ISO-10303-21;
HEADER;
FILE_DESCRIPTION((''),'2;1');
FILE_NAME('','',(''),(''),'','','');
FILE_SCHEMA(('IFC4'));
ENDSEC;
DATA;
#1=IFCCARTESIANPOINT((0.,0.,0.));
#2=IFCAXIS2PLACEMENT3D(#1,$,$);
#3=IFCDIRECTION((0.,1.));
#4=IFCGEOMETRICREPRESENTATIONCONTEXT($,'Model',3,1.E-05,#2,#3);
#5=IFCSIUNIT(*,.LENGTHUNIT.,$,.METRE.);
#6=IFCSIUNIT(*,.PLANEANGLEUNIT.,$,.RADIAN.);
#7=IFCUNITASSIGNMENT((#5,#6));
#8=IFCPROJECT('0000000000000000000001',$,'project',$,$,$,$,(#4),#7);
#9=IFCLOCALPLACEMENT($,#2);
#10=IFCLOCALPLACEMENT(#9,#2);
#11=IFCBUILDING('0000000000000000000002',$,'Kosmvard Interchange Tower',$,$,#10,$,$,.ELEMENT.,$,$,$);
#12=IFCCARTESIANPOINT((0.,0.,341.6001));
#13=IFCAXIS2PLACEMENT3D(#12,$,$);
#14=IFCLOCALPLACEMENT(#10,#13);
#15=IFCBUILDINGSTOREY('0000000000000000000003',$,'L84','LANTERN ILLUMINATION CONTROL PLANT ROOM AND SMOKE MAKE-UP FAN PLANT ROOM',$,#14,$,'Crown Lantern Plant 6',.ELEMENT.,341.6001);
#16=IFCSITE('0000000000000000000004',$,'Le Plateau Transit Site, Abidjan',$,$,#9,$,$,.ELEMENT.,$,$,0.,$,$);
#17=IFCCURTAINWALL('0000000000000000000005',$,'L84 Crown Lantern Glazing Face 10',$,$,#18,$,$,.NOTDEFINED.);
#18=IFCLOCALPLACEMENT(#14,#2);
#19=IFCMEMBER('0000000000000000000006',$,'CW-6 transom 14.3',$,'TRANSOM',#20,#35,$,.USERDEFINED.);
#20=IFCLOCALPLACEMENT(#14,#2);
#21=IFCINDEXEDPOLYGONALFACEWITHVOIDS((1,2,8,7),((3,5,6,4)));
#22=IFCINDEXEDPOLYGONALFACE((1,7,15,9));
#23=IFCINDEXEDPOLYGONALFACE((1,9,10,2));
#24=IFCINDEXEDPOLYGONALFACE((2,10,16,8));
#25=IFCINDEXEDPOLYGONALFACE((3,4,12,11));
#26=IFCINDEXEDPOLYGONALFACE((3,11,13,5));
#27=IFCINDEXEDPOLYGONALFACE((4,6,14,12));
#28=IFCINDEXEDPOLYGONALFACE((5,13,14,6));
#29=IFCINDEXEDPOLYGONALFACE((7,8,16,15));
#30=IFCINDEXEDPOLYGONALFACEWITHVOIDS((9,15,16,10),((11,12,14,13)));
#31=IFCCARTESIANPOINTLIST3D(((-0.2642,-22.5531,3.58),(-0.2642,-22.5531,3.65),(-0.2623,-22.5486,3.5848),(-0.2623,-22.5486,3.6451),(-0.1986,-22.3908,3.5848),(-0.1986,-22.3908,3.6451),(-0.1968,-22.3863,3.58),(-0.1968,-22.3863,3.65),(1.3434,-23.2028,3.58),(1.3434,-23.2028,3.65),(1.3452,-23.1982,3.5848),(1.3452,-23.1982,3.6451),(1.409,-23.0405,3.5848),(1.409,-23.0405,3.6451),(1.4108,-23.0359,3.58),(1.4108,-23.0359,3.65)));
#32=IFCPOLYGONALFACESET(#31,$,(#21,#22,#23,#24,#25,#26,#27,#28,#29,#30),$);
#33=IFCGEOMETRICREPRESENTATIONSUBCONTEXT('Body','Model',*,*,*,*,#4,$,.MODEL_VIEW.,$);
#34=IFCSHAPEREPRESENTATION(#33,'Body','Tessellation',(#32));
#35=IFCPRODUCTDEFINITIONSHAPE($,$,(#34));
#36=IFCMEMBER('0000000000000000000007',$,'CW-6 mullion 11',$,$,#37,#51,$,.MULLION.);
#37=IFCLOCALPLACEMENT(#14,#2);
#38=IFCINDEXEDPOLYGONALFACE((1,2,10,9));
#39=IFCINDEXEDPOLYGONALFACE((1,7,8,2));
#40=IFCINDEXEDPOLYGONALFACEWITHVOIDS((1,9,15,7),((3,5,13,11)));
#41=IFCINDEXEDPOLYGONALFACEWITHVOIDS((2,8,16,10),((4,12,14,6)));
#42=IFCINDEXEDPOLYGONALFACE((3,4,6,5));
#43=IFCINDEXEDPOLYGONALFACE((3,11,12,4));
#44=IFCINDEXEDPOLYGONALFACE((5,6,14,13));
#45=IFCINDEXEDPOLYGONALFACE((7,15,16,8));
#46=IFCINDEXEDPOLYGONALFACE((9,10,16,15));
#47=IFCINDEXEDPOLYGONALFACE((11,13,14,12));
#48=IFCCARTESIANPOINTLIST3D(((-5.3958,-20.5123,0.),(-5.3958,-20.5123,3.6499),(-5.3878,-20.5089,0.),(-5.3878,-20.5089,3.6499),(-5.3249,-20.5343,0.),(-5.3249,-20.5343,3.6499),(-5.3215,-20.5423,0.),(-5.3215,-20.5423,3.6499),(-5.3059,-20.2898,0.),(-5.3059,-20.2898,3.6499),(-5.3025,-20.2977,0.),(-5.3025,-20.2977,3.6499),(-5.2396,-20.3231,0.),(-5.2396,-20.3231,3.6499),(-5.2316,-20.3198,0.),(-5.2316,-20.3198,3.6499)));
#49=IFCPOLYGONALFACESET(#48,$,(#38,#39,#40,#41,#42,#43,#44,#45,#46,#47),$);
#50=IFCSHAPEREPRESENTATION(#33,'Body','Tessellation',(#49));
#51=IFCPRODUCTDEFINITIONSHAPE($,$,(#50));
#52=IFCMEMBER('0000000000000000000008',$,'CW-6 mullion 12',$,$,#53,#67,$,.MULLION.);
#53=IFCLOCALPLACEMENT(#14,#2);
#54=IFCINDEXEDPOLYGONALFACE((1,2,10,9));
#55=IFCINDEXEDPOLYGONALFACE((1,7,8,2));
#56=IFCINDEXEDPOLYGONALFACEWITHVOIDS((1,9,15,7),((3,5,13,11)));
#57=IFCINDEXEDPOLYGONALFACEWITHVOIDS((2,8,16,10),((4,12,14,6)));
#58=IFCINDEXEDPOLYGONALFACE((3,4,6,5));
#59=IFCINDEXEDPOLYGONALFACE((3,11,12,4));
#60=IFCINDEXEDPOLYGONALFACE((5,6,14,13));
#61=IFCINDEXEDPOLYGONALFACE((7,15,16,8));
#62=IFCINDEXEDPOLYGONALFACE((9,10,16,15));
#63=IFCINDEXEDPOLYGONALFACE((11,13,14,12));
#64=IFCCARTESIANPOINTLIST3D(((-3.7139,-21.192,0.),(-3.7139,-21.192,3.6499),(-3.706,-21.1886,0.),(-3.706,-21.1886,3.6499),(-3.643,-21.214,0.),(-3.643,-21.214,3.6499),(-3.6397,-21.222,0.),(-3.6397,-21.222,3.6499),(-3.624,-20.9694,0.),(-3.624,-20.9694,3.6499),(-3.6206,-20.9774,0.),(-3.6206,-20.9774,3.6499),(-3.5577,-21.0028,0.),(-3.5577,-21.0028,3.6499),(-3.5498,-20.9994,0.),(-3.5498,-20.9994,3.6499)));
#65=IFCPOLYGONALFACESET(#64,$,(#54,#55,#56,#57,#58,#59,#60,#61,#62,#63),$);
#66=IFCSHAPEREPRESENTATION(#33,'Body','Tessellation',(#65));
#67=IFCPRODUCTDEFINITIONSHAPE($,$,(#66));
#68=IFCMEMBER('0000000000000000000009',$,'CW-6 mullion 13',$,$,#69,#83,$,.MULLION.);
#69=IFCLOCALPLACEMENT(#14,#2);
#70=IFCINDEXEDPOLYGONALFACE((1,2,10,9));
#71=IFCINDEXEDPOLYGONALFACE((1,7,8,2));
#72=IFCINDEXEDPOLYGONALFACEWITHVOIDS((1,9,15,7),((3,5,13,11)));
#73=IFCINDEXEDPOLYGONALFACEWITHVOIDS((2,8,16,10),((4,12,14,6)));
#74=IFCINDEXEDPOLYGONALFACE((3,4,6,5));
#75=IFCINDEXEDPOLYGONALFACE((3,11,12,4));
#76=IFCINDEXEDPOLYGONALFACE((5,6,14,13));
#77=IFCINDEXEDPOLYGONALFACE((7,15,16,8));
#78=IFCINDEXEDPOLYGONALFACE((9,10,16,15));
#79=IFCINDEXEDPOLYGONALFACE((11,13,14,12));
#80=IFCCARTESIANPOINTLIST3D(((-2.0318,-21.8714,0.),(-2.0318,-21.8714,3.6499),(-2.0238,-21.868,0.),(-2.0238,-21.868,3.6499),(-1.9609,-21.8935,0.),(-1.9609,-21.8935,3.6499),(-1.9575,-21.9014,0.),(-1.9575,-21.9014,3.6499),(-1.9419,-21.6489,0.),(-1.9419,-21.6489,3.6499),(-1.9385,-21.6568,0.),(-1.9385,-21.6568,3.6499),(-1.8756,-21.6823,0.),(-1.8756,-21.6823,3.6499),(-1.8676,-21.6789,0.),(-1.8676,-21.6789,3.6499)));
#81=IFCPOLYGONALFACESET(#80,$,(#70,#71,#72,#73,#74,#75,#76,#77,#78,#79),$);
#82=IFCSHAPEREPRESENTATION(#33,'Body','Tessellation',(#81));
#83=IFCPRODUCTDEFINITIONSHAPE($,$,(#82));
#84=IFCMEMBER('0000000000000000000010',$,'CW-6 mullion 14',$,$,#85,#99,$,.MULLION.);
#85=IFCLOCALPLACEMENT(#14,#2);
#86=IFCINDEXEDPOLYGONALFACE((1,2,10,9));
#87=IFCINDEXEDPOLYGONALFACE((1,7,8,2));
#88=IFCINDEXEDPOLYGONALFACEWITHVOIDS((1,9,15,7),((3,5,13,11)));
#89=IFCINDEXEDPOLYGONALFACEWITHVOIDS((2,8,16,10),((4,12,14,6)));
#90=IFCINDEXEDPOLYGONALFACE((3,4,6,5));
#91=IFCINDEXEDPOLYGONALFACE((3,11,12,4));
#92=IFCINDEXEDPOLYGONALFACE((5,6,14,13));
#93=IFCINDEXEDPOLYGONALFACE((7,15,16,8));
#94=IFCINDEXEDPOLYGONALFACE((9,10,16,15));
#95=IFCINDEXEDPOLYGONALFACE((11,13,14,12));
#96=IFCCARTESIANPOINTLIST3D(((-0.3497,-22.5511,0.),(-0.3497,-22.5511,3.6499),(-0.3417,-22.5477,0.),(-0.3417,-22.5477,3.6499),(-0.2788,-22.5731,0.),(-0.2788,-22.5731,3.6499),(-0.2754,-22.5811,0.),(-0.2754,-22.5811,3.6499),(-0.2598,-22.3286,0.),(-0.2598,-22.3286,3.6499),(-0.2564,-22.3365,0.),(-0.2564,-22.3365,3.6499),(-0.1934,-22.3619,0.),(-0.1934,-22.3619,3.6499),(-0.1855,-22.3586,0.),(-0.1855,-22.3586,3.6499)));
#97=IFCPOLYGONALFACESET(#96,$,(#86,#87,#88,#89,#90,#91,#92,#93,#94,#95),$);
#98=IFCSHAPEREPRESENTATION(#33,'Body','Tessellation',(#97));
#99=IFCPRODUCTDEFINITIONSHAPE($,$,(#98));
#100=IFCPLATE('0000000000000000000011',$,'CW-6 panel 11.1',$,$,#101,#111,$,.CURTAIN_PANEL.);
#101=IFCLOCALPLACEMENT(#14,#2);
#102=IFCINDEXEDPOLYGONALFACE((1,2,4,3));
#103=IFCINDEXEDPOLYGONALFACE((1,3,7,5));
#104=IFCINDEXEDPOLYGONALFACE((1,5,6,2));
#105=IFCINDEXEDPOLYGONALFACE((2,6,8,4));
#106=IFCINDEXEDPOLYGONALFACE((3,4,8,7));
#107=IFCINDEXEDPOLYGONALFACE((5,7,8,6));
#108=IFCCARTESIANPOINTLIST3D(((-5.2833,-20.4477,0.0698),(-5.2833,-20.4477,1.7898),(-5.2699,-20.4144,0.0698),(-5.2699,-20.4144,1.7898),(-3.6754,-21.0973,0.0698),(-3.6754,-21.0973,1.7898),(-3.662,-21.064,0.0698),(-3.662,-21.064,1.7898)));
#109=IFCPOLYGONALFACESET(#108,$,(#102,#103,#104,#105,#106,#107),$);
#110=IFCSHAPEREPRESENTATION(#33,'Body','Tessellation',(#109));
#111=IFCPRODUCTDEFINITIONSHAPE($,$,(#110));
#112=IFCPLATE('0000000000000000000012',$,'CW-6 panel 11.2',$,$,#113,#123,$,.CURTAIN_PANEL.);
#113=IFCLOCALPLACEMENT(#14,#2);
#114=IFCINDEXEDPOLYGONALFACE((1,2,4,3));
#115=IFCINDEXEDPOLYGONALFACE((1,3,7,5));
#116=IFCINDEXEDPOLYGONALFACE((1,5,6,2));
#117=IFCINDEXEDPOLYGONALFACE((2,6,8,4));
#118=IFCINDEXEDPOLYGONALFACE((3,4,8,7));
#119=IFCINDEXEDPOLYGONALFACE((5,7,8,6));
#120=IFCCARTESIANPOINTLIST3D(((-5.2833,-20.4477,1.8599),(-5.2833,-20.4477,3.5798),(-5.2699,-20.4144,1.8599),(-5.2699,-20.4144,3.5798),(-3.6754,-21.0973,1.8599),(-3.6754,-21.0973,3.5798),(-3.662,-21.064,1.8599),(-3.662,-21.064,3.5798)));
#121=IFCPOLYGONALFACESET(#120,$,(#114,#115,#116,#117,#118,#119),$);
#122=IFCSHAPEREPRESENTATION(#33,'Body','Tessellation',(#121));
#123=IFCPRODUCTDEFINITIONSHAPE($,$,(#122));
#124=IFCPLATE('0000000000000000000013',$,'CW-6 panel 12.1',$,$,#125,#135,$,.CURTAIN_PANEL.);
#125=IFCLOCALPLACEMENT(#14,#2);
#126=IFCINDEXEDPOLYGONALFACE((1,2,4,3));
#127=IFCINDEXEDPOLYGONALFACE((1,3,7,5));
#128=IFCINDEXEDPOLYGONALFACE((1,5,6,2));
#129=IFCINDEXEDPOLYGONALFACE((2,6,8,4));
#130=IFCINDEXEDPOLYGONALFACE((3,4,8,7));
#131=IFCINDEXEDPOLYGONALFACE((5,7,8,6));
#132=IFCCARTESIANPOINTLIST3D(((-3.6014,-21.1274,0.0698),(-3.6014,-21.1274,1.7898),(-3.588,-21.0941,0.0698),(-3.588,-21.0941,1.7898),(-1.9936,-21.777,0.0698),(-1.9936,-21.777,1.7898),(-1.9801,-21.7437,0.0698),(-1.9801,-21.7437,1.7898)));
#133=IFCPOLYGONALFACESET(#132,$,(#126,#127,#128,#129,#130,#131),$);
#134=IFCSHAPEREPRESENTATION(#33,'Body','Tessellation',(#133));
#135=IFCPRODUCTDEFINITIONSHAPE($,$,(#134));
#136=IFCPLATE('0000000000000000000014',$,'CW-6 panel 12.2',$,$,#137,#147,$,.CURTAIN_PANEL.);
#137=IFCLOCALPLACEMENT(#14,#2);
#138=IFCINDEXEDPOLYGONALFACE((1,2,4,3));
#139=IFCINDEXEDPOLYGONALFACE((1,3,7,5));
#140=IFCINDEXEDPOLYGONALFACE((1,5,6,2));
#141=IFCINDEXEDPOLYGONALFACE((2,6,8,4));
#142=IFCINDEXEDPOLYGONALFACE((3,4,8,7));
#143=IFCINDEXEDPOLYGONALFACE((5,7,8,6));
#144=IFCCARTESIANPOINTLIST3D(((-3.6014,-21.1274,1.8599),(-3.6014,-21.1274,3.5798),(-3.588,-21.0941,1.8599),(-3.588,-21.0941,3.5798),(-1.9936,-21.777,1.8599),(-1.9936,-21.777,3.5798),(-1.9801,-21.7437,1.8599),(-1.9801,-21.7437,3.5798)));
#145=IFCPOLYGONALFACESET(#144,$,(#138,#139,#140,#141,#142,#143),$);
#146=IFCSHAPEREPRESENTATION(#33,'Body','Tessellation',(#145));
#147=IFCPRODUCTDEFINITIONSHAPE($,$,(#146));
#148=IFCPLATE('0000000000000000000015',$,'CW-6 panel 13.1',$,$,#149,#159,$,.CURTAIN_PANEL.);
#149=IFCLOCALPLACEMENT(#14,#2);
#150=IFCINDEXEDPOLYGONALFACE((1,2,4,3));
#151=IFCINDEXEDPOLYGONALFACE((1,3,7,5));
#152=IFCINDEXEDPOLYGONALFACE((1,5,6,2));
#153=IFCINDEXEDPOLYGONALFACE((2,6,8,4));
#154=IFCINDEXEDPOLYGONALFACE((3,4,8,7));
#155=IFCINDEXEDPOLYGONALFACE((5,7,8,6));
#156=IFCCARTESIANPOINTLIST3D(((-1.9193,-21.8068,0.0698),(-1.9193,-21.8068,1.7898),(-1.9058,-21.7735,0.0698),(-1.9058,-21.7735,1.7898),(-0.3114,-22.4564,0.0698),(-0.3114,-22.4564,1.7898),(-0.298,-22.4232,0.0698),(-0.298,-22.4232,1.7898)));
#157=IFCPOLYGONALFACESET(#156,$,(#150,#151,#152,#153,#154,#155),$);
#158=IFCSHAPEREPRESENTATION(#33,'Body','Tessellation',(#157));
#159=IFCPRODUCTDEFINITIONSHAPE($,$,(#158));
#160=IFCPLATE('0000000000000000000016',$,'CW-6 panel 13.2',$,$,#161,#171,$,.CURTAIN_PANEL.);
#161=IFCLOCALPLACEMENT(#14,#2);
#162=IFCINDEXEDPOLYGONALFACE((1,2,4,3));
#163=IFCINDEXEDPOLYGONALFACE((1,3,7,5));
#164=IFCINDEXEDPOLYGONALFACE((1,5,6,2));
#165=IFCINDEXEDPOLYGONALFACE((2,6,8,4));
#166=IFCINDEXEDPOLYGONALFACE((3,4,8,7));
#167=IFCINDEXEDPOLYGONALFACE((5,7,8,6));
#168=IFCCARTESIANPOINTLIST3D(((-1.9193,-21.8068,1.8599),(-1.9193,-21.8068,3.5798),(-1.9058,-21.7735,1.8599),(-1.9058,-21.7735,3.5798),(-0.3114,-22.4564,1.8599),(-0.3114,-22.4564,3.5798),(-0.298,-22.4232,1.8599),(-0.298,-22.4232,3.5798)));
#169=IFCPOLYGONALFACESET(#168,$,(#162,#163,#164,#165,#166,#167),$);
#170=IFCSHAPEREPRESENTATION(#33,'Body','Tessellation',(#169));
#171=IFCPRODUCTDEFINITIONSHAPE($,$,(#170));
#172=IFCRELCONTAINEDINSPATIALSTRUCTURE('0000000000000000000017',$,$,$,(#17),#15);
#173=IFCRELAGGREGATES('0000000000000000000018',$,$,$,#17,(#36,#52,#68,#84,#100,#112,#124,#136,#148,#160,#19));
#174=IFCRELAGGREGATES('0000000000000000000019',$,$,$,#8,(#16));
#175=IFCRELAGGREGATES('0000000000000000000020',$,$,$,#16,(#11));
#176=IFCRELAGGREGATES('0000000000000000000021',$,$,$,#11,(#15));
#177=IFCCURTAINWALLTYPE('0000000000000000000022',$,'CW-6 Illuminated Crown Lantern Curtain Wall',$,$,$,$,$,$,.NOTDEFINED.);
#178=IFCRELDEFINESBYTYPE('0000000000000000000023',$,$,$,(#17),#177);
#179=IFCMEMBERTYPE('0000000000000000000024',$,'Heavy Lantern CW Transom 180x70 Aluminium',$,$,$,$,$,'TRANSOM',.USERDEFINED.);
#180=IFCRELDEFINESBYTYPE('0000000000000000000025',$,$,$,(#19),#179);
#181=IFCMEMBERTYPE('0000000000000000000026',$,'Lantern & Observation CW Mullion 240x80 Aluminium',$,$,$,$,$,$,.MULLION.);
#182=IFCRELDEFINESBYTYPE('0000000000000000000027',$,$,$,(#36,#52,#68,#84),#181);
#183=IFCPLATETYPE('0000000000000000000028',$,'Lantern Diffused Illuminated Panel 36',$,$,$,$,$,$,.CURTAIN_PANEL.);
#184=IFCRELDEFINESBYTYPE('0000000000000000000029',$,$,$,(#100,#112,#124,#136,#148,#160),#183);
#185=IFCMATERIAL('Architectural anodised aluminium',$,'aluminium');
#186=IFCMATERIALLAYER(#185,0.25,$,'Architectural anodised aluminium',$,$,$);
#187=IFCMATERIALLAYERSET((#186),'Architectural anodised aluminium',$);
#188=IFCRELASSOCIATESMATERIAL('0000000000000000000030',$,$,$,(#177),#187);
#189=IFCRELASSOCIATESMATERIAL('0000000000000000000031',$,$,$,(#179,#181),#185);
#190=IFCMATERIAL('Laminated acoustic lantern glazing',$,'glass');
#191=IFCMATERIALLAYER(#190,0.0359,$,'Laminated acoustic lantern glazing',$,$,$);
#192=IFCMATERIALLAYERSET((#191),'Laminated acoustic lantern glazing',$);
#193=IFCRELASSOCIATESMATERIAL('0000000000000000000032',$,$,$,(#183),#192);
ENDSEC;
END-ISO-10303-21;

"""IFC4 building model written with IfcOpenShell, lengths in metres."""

from ifc_helpers import new_model, si_unit, direction, frame, origin, origin_2d, place, context, subcontext, project, spatial, rectangle, hollow_rectangle, extrude, source, transform, mapped, material, layer, layer_set, material_profile, profile_set, type_object, element, aggregate, save


model = new_model("IFC4")

# Units and contexts
model_context = context("Model", 3, precision=1e-05, world=origin(), true_north=direction((0.0, 1.0)))
body_context = subcontext(model_context, "Body", "Model", "MODEL_VIEW")
ifc_project = project(units=[si_unit("LENGTHUNIT", "METRE"), si_unit("PLANEANGLEUNIT", "RADIAN")], contexts=[model_context])

# Site, building, storey
site_placement = place(None, origin())
site = spatial("IfcSite", under=ifc_project, at=site_placement, Name="Le Plateau Transit Site, Abidjan", CompositionType="ELEMENT", RefElevation=0.0)
building_placement = place(site_placement, origin())
building = spatial("IfcBuilding", under=site, at=building_placement, Name="Kosmvard Interchange Tower", CompositionType="ELEMENT")
storey_placement = place(building_placement, frame((0.0, 0.0, 341.6001)))
storey = spatial("IfcBuildingStorey", under=building, at=storey_placement, Name="L84", Description="LANTERN ILLUMINATION CONTROL PLANT ROOM AND SMOKE MAKE-UP FAN PLANT ROOM", LongName="Crown Lantern Plant 6", CompositionType="ELEMENT", Elevation=341.6001)

# Curtain wall, members, plates
ifc_material_1 = material(Name="Architectural anodised aluminium", Category="aluminium")
ifc_layer_1 = layer(ifc_material_1, 0.25, Name="Architectural anodised aluminium")
ifc_layer_set_1 = layer_set([ifc_layer_1], Name="Architectural anodised aluminium")
curtain_wall_type = type_object("IfcCurtainWallType", Name="CW-6 Illuminated Crown Lantern Curtain Wall", PredefinedType="NOTDEFINED", material=ifc_layer_set_1)
curtain_wall_placement = place(storey_placement, origin())
curtain_wall = element("IfcCurtainWall", 1, at=curtain_wall_placement, inside=storey, type_object=curtain_wall_type, Name="L84 Crown Lantern Glazing Face 10", PredefinedType="NOTDEFINED")
ifc_material_profile_1 = material_profile(ifc_material_1, hollow_rectangle(XDim=0.1799, YDim=0.0701, WallThickness=0.0049, at=origin_2d()), Name="CWT 180x70x5")
ifc_profile_set_1 = profile_set([ifc_material_profile_1], Name="Architectural anodised aluminium")
member_type_1 = type_object("IfcMemberType", Name="Heavy Lantern CW Transom 180x70 Aluminium", ElementType="TRANSOM", PredefinedType="USERDEFINED", material=ifc_profile_set_1)
shared_shape_1 = source(origin(), body_context, "Body", "SweptSolid", [
    extrude(hollow_rectangle(XDim=0.1799, YDim=0.0701, WallThickness=0.0049, at=origin_2d()), origin(), (0.0, 0.0, 1.0), 1.7339),
])
member_1_placement = place(storey_placement, frame((-0.2305, -22.4697, 3.615), z_axis=(0.92716, -0.374666, 0.0), x_axis=(0.374666, 0.92716, 0.0)))
member_1 = element("IfcMember", 2, at=member_1_placement, type_object=member_type_1, Name="CW-6 transom 14.3", ObjectType="TRANSOM", PredefinedType="USERDEFINED", context=body_context, shape_type="MappedRepresentation", body=[
    mapped(shared_shape_1, transform((0.0, 0.0, 0.0), scale=1.0)),
])
ifc_material_profile_2 = material_profile(ifc_material_1, hollow_rectangle(XDim=0.24, YDim=0.0801, WallThickness=0.0061, at=origin_2d()), Name="CWM 240x80x6")
ifc_profile_set_2 = profile_set([ifc_material_profile_2], Name="Architectural anodised aluminium")
member_type_2 = type_object("IfcMemberType", Name="Lantern & Observation CW Mullion 240x80 Aluminium", PredefinedType="MULLION", material=ifc_profile_set_2)
shared_shape_2 = source(origin(), body_context, "Body", "SweptSolid", [
    extrude(hollow_rectangle(XDim=0.24, YDim=0.0801, WallThickness=0.0061, at=origin_2d()), origin(), (0.0, 0.0, 1.0), 3.6499),
])
member_2_placement = place(storey_placement, frame((-5.3137, -20.416, 0.0), z_axis=(0.0, 0.0, 1.0), x_axis=(0.374607, 0.927184, 0.0)))
member_2 = element("IfcMember", 3, at=member_2_placement, type_object=member_type_2, Name="CW-6 mullion 11", PredefinedType="MULLION", context=body_context, shape_type="MappedRepresentation", body=[
    mapped(shared_shape_2, transform((0.0, 0.0, 0.0), scale=1.0)),
])
member_3_placement = place(storey_placement, frame((-3.6318, -21.0957, 0.0), z_axis=(0.0, 0.0, 1.0), x_axis=(0.374607, 0.927184, 0.0)))
member_3 = element("IfcMember", 4, at=member_3_placement, type_object=member_type_2, Name="CW-6 mullion 12", PredefinedType="MULLION", context=body_context, shape_type="MappedRepresentation", body=[
    mapped(shared_shape_2, transform((0.0, 0.0, 0.0), scale=1.0)),
])
member_4_placement = place(storey_placement, frame((-1.9497, -21.7751, 0.0), z_axis=(0.0, 0.0, 1.0), x_axis=(0.374607, 0.927184, 0.0)))
member_4 = element("IfcMember", 5, at=member_4_placement, type_object=member_type_2, Name="CW-6 mullion 13", PredefinedType="MULLION", context=body_context, shape_type="MappedRepresentation", body=[
    mapped(shared_shape_2, transform((0.0, 0.0, 0.0), scale=1.0)),
])
member_5_placement = place(storey_placement, frame((-0.2676, -22.4548, 0.0), z_axis=(0.0, 0.0, 1.0), x_axis=(0.374607, 0.927184, 0.0)))
member_5 = element("IfcMember", 6, at=member_5_placement, type_object=member_type_2, Name="CW-6 mullion 14", PredefinedType="MULLION", context=body_context, shape_type="MappedRepresentation", body=[
    mapped(shared_shape_2, transform((0.0, 0.0, 0.0), scale=1.0)),
])
ifc_material_2 = material(Name="Laminated acoustic lantern glazing", Category="glass")
ifc_layer_2 = layer(ifc_material_2, 0.0359, Name="Laminated acoustic lantern glazing")
ifc_layer_set_2 = layer_set([ifc_layer_2], Name="Laminated acoustic lantern glazing")
plate_type = type_object("IfcPlateType", Name="Lantern Diffused Illuminated Panel 36", PredefinedType="CURTAIN_PANEL", material=ifc_layer_set_2)
shared_shape_3 = source(origin(), body_context, "Body", "SweptSolid", [
    extrude(rectangle(XDim=1.7341, YDim=0.0359, at=origin_2d()), origin(), (0.0, 0.0, 1.0), 1.72),
])
plate_1_placement = place(storey_placement, frame((-4.4727, -20.7559, 0.0698), z_axis=(0.0, 0.0, 1.0), x_axis=(0.927184, -0.374607, 0.0)))
plate_1 = element("IfcPlate", 7, at=plate_1_placement, type_object=plate_type, Name="CW-6 panel 11.1", PredefinedType="CURTAIN_PANEL", context=body_context, shape_type="MappedRepresentation", body=[
    mapped(shared_shape_3, transform((0.0, 0.0, 0.0), scale=1.0)),
])
plate_2_placement = place(storey_placement, frame((-4.4727, -20.7559, 1.8599), z_axis=(0.0, 0.0, 1.0), x_axis=(0.927184, -0.374607, 0.0)))
plate_2 = element("IfcPlate", 8, at=plate_2_placement, type_object=plate_type, Name="CW-6 panel 11.2", PredefinedType="CURTAIN_PANEL", context=body_context, shape_type="MappedRepresentation", body=[
    mapped(shared_shape_3, transform((0.0, 0.0, 0.0), scale=1.0)),
])
plate_3_placement = place(storey_placement, frame((-2.7908, -21.4355, 0.0698), z_axis=(0.0, 0.0, 1.0), x_axis=(0.927184, -0.374607, 0.0)))
plate_3 = element("IfcPlate", 9, at=plate_3_placement, type_object=plate_type, Name="CW-6 panel 12.1", PredefinedType="CURTAIN_PANEL", context=body_context, shape_type="MappedRepresentation", body=[
    mapped(shared_shape_3, transform((0.0, 0.0, 0.0), scale=1.0)),
])
plate_4_placement = place(storey_placement, frame((-2.7908, -21.4355, 1.8599), z_axis=(0.0, 0.0, 1.0), x_axis=(0.927184, -0.374607, 0.0)))
plate_4 = element("IfcPlate", 10, at=plate_4_placement, type_object=plate_type, Name="CW-6 panel 12.2", PredefinedType="CURTAIN_PANEL", context=body_context, shape_type="MappedRepresentation", body=[
    mapped(shared_shape_3, transform((0.0, 0.0, 0.0), scale=1.0)),
])
plate_5_placement = place(storey_placement, frame((-1.1086, -22.115, 0.0698), z_axis=(0.0, 0.0, 1.0), x_axis=(0.927184, -0.374607, 0.0)))
plate_5 = element("IfcPlate", 11, at=plate_5_placement, type_object=plate_type, Name="CW-6 panel 13.1", PredefinedType="CURTAIN_PANEL", context=body_context, shape_type="MappedRepresentation", body=[
    mapped(shared_shape_3, transform((0.0, 0.0, 0.0), scale=1.0)),
])
plate_6_placement = place(storey_placement, frame((-1.1086, -22.115, 1.8599), z_axis=(0.0, 0.0, 1.0), x_axis=(0.927184, -0.374607, 0.0)))
plate_6 = element("IfcPlate", 12, at=plate_6_placement, type_object=plate_type, Name="CW-6 panel 13.2", PredefinedType="CURTAIN_PANEL", context=body_context, shape_type="MappedRepresentation", body=[
    mapped(shared_shape_3, transform((0.0, 0.0, 0.0), scale=1.0)),
])
aggregate(curtain_wall, [member_2, member_3, member_4, member_5, plate_1, plate_2, plate_3, plate_4, plate_5, plate_6, member_1])

save(model, "model.ifc")
